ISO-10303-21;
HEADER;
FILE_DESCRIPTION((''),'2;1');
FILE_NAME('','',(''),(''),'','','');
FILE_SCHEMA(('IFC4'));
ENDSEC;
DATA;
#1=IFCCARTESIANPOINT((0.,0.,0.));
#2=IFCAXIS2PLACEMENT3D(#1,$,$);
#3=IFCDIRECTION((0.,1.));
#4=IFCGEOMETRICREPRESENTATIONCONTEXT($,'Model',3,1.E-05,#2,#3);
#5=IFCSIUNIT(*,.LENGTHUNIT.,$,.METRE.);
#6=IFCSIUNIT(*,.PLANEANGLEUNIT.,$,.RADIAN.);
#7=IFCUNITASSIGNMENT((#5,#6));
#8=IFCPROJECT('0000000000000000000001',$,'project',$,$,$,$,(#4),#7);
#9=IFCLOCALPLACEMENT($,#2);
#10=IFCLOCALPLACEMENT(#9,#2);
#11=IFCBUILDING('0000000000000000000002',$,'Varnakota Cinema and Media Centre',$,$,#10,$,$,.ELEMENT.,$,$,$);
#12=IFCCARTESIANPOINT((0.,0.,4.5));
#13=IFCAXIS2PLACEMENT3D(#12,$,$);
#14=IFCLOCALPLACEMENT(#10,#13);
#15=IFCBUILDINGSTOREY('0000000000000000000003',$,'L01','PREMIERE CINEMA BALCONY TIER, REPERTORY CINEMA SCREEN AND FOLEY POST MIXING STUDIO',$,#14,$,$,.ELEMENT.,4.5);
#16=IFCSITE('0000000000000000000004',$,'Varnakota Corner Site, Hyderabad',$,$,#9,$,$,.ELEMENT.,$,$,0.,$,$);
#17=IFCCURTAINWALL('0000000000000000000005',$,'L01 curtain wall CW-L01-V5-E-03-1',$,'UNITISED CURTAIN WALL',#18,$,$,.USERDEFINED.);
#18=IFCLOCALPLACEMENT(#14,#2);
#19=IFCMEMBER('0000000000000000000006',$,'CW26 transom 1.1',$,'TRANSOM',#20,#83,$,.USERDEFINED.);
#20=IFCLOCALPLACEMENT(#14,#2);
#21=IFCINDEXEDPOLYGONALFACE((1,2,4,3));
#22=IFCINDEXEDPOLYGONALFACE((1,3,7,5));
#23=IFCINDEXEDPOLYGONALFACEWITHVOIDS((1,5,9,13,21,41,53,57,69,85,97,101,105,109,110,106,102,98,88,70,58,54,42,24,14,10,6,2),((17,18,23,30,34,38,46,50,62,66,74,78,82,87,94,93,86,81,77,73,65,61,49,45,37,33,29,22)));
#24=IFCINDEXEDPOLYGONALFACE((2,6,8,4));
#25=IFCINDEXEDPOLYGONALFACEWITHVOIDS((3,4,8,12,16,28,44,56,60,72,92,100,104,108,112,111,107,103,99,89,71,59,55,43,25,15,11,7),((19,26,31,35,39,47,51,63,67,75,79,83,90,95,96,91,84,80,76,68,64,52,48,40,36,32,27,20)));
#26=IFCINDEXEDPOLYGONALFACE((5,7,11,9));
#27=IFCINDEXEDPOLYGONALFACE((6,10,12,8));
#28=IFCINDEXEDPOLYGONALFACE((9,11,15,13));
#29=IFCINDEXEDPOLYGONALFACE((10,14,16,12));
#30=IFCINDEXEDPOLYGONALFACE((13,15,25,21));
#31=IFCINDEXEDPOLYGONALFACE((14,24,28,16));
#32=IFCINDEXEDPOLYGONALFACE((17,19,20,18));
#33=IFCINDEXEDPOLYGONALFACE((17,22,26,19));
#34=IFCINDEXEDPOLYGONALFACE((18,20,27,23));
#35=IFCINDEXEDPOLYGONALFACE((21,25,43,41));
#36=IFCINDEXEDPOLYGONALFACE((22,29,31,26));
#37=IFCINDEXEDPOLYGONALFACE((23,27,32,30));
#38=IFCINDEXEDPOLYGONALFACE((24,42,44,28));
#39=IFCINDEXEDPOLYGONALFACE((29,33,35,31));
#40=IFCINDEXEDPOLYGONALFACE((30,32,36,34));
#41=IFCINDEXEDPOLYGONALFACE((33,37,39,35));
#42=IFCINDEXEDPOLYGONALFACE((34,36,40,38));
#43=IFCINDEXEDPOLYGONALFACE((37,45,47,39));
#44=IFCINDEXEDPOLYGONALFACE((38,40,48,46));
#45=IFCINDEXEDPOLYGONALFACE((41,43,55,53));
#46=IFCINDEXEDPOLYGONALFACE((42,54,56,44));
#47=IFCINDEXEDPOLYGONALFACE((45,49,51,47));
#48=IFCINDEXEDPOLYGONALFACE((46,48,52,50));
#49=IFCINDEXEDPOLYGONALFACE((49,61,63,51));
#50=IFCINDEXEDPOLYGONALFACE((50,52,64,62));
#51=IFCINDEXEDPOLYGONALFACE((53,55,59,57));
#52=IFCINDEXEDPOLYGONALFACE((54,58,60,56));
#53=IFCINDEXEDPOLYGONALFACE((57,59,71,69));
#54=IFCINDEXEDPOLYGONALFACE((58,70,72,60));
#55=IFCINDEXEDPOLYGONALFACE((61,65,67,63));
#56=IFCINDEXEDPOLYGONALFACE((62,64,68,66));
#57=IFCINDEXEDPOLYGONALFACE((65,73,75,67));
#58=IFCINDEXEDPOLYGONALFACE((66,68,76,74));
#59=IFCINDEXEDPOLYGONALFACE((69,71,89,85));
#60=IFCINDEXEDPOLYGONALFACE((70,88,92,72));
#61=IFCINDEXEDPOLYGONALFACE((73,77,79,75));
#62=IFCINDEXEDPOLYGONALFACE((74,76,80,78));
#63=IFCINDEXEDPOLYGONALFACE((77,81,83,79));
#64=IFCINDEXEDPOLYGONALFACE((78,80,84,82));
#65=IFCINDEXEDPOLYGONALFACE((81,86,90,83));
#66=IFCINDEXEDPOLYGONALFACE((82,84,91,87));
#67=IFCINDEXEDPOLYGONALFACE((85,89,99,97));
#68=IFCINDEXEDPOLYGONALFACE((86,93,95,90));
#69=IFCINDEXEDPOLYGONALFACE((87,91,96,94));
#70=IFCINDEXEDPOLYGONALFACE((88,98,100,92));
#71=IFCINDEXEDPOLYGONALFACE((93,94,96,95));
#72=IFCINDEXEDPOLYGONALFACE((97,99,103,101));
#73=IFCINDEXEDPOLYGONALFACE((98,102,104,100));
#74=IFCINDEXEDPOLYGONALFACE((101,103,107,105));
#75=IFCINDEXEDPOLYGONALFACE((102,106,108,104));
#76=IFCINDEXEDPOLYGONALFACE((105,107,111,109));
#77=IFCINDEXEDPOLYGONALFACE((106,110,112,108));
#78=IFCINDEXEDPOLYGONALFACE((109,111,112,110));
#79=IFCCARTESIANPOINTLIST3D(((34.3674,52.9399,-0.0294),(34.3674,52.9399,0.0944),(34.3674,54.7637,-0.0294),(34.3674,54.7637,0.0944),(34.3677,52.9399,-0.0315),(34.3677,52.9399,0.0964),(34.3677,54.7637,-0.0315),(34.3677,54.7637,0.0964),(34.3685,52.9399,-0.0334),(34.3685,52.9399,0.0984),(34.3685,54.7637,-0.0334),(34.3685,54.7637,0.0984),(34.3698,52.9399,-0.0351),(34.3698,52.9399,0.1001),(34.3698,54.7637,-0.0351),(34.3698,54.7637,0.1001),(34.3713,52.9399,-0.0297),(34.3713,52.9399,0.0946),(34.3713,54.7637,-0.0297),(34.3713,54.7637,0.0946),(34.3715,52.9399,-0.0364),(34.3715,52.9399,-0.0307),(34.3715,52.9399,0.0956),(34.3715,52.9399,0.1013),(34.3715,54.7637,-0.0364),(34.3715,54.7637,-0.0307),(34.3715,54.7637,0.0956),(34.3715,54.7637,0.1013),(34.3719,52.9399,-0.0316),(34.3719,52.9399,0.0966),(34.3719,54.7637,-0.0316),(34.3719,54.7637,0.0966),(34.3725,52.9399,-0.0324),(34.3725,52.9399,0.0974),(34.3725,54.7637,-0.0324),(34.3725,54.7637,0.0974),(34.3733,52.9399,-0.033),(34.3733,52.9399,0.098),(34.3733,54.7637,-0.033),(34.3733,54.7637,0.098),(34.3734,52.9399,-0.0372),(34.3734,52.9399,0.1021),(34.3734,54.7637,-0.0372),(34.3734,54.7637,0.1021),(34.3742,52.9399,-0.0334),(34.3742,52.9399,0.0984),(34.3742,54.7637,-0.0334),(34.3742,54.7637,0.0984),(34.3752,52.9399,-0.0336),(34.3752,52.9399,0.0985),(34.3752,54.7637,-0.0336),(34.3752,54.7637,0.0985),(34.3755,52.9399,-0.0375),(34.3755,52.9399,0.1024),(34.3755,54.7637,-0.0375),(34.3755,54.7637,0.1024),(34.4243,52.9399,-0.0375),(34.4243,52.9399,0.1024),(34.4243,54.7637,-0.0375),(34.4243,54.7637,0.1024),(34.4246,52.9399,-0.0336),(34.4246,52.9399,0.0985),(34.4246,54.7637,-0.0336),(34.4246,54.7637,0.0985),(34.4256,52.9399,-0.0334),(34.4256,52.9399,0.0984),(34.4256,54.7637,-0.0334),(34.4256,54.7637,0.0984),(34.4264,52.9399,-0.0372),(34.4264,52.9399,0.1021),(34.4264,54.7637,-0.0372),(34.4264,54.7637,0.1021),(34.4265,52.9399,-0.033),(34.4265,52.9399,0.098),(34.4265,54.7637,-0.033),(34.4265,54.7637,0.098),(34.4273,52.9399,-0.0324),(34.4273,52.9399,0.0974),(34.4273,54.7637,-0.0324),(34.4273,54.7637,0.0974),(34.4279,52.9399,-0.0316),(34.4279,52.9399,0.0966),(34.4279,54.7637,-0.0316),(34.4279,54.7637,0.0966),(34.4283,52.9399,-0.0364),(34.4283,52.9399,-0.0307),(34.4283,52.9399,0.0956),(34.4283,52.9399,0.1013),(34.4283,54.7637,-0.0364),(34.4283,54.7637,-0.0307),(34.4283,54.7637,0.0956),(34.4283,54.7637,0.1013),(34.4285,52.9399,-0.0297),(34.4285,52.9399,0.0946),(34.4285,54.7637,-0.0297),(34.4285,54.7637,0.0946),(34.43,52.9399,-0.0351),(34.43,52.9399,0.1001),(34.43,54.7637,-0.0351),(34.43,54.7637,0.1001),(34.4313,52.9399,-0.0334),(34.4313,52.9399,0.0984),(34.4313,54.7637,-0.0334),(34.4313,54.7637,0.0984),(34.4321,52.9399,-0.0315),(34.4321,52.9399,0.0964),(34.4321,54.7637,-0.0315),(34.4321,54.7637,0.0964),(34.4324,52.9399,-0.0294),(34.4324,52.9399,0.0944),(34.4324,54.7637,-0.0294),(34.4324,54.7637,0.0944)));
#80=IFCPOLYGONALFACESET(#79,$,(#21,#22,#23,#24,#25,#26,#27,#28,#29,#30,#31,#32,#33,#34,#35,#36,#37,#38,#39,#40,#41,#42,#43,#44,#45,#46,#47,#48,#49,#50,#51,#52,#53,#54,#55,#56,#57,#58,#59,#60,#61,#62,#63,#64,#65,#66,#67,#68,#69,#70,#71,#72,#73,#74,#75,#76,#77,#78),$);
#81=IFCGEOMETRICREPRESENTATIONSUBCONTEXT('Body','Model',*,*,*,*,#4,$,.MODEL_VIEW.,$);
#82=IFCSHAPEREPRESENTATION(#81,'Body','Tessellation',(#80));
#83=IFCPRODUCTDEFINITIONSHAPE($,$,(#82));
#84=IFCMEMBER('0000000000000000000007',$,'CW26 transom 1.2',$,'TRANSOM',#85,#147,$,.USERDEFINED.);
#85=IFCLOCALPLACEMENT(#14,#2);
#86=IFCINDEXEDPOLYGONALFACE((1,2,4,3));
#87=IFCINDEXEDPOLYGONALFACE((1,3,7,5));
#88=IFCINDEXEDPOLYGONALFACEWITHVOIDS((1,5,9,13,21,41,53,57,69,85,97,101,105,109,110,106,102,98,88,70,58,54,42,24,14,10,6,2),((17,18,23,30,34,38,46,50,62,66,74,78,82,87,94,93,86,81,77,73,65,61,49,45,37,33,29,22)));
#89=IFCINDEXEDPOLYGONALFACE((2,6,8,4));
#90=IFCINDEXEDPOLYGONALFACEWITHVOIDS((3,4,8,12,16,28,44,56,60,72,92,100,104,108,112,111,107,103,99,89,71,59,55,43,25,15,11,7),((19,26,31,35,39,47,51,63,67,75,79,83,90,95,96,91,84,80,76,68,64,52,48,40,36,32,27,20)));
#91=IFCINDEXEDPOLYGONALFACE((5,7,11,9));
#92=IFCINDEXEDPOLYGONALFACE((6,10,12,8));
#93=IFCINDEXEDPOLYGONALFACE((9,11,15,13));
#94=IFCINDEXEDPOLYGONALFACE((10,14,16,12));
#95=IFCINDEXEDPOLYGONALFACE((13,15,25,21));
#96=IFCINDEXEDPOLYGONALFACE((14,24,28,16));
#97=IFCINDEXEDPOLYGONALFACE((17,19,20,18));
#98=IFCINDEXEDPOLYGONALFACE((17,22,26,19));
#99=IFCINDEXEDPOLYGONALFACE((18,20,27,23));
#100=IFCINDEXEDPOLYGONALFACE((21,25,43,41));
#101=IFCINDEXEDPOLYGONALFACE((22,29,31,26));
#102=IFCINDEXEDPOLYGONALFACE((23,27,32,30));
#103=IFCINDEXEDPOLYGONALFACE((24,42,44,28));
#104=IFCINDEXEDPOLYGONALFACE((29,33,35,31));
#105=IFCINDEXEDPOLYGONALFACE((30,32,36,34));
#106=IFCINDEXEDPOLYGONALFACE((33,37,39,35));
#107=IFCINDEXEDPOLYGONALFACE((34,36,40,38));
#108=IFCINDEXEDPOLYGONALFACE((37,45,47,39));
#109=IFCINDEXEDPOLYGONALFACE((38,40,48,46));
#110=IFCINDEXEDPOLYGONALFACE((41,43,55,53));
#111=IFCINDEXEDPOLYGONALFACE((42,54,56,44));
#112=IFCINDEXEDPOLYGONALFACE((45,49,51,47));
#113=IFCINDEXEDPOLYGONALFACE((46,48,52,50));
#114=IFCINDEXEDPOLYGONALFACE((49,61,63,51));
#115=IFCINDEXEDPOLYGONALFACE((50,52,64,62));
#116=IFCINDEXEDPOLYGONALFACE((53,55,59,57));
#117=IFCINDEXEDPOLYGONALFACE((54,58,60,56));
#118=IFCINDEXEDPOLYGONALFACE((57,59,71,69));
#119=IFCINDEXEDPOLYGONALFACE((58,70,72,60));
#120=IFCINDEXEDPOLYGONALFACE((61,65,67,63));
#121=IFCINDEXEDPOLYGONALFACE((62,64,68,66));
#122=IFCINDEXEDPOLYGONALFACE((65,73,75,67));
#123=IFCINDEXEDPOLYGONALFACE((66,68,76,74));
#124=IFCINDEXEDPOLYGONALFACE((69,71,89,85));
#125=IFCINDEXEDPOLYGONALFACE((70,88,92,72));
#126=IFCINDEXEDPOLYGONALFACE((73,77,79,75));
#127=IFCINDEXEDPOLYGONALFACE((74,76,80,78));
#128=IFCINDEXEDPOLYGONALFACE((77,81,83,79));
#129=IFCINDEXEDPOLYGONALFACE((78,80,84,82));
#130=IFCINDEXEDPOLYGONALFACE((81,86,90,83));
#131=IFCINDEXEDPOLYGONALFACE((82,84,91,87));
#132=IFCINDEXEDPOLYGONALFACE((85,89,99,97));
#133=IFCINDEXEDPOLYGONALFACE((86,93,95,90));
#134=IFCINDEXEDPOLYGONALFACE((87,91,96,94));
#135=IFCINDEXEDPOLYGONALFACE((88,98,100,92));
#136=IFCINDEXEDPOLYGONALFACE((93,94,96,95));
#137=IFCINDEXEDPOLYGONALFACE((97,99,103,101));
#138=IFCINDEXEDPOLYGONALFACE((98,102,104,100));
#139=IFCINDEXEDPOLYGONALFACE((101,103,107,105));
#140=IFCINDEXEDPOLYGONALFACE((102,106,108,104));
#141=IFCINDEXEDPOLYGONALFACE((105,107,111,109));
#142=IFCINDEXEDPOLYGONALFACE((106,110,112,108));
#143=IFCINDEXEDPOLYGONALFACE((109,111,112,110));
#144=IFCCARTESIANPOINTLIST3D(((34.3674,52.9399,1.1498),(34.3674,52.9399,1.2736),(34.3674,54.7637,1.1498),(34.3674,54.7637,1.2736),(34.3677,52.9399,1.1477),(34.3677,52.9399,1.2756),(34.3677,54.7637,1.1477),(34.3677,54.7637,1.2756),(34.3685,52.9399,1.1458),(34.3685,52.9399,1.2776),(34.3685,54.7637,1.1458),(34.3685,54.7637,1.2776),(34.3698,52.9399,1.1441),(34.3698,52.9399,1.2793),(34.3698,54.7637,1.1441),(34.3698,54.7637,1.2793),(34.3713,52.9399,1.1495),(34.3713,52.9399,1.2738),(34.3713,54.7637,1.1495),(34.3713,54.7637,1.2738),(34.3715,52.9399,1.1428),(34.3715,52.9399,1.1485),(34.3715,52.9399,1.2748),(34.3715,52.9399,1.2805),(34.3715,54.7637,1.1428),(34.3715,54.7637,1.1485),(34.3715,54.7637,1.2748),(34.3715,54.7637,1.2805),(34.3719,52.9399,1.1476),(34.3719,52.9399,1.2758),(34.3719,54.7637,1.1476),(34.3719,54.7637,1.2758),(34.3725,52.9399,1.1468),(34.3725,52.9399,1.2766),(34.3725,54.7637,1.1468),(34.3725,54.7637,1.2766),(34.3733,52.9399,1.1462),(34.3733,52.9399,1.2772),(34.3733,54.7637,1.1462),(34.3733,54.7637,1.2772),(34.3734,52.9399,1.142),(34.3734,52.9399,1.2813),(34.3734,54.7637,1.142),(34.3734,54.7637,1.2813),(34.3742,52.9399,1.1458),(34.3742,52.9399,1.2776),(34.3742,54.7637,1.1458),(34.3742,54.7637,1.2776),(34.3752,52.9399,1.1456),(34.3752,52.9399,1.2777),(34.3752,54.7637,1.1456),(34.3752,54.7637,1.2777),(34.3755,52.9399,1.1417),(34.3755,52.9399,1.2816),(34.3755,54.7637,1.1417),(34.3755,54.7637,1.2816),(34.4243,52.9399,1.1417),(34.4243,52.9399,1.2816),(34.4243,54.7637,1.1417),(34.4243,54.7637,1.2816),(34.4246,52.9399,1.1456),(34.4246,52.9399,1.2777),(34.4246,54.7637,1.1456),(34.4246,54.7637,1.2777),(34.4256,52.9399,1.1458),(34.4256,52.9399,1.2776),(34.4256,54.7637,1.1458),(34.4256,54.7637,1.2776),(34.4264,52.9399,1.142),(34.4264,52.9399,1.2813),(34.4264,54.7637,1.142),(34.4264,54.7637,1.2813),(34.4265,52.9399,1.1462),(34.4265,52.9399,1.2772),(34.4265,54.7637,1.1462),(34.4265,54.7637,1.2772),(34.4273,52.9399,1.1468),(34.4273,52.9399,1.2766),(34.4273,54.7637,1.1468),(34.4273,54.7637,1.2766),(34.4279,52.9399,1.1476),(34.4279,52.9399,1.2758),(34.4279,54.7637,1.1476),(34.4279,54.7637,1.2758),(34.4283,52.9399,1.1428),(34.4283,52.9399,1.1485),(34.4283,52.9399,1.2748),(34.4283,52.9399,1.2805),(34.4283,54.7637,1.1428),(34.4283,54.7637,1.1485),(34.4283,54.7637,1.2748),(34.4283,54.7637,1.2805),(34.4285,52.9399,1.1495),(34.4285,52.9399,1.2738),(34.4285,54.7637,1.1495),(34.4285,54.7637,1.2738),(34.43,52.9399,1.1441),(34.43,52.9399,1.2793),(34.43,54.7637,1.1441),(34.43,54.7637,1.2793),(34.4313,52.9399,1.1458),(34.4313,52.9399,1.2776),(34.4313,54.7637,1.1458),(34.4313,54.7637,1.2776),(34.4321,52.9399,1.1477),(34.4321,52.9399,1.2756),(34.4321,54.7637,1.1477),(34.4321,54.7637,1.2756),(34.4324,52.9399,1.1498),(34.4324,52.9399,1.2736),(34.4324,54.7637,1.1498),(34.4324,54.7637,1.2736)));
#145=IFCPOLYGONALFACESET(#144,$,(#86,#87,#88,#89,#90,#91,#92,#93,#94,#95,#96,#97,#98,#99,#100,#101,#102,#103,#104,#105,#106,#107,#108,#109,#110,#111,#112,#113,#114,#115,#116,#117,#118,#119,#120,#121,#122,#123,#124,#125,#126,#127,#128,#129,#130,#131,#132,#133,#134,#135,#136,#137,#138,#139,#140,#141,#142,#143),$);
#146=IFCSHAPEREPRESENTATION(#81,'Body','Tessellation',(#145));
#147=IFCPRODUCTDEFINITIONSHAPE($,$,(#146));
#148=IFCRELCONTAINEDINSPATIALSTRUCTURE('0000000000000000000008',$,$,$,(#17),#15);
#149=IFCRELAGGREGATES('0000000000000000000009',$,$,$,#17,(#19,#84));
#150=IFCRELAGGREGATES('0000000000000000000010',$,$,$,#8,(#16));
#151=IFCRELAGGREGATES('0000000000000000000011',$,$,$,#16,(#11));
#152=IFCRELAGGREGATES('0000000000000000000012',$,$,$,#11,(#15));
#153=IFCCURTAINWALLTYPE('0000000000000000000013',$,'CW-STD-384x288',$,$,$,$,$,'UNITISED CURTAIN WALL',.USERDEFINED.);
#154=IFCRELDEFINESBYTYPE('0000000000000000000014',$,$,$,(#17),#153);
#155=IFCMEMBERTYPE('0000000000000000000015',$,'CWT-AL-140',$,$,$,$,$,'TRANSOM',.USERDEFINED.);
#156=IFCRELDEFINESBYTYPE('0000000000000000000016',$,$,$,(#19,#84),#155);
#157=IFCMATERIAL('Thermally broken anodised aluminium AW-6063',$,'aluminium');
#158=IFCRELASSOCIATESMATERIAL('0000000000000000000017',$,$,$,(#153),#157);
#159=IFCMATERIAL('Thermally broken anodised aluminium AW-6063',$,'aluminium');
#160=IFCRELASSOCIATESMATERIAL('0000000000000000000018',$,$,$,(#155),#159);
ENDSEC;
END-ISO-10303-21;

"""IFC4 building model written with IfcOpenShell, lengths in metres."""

from ifc_helpers import new_model, si_unit, direction, frame, origin, origin_2d, place, context, subcontext, project, spatial, hollow_rectangle, extrude, material, material_profile, profile_set, type_object, element, aggregate, save


model = new_model("IFC4")

# Units and contexts
model_context = context("Model", 3, precision=1e-05, world=origin(), true_north=direction((0.0, 1.0)))
body_context = subcontext(model_context, "Body", "Model", "MODEL_VIEW")
ifc_project = project(units=[si_unit("LENGTHUNIT", "METRE"), si_unit("PLANEANGLEUNIT", "RADIAN")], contexts=[model_context])

# Site, building, storey
site_placement = place(None, origin())
site = spatial("IfcSite", under=ifc_project, at=site_placement, Name="Varnakota Corner Site, Hyderabad", CompositionType="ELEMENT", RefElevation=0.0)
building_placement = place(site_placement, origin())
building = spatial("IfcBuilding", under=site, at=building_placement, Name="Varnakota Cinema and Media Centre", CompositionType="ELEMENT")
storey_placement = place(building_placement, frame((0.0, 0.0, 4.5)))
storey = spatial("IfcBuildingStorey", under=building, at=storey_placement, Name="L01", Description="PREMIERE CINEMA BALCONY TIER, REPERTORY CINEMA SCREEN AND FOLEY POST MIXING STUDIO", CompositionType="ELEMENT", Elevation=4.5)

# Curtain wall
ifc_material_1 = material(Name="Thermally broken anodised aluminium AW-6063", Category="aluminium")
curtain_wall_type_1 = type_object("IfcCurtainWallType", Name="CW-STD-384x288", ElementType="UNITISED CURTAIN WALL", PredefinedType="USERDEFINED", material=ifc_material_1)
curtain_wall_1_placement = place(storey_placement, origin())
curtain_wall_1 = element("IfcCurtainWall", 1, at=curtain_wall_1_placement, inside=storey, type_object=curtain_wall_type_1, Name="L01 curtain wall CW-L01-V5-E-03-1", ObjectType="UNITISED CURTAIN WALL", PredefinedType="USERDEFINED")

# Members
ifc_material_2 = material(Name="Thermally broken anodised aluminium AW-6063", Category="aluminium")
ifc_material_profile_1 = material_profile(ifc_material_2, hollow_rectangle(XDim=0.0649, YDim=0.1399, WallThickness=0.0039, InnerFilletRadius=0.0039, OuterFilletRadius=0.0081, at=origin_2d()), Name="AL-TRANSOM 140x65x4")
ifc_profile_set_1 = profile_set([ifc_material_profile_1], Name="Thermally broken anodised aluminium AW-6063")
member_type_1 = type_object("IfcMemberType", Name="CWT-AL-140", ElementType="TRANSOM", PredefinedType="USERDEFINED", material=ifc_profile_set_1)
member_1_placement = place(storey_placement, frame((34.3999, 52.9399, 0.0325), z_axis=(0.0, 1.0, 0.0), x_axis=(-1.0, 0.0, 0.0)))
member_1 = element("IfcMember", 2, at=member_1_placement, type_object=member_type_1, Name="CW26 transom 1.1", ObjectType="TRANSOM", PredefinedType="USERDEFINED", context=body_context, shape_type="SweptSolid", body=[
    extrude(hollow_rectangle(XDim=0.0649, YDim=0.1399, WallThickness=0.0039, InnerFilletRadius=0.0039, OuterFilletRadius=0.0081, at=origin_2d()), origin(), (0.0, 0.0, 1.0), 1.8237),
])
member_2_placement = place(storey_placement, frame((34.3999, 52.9399, 1.2117), z_axis=(0.0, 1.0, 0.0), x_axis=(-1.0, 0.0, 0.0)))
member_2 = element("IfcMember", 3, at=member_2_placement, type_object=member_type_1, Name="CW26 transom 1.2", ObjectType="TRANSOM", PredefinedType="USERDEFINED", context=body_context, shape_type="SweptSolid", body=[
    extrude(hollow_rectangle(XDim=0.0649, YDim=0.1399, WallThickness=0.0039, InnerFilletRadius=0.0039, OuterFilletRadius=0.0081, at=origin_2d()), origin(), (0.0, 0.0, 1.0), 1.8237),
])

aggregate(curtain_wall_1, [member_1, member_2])

save(model, "model.ifc")
